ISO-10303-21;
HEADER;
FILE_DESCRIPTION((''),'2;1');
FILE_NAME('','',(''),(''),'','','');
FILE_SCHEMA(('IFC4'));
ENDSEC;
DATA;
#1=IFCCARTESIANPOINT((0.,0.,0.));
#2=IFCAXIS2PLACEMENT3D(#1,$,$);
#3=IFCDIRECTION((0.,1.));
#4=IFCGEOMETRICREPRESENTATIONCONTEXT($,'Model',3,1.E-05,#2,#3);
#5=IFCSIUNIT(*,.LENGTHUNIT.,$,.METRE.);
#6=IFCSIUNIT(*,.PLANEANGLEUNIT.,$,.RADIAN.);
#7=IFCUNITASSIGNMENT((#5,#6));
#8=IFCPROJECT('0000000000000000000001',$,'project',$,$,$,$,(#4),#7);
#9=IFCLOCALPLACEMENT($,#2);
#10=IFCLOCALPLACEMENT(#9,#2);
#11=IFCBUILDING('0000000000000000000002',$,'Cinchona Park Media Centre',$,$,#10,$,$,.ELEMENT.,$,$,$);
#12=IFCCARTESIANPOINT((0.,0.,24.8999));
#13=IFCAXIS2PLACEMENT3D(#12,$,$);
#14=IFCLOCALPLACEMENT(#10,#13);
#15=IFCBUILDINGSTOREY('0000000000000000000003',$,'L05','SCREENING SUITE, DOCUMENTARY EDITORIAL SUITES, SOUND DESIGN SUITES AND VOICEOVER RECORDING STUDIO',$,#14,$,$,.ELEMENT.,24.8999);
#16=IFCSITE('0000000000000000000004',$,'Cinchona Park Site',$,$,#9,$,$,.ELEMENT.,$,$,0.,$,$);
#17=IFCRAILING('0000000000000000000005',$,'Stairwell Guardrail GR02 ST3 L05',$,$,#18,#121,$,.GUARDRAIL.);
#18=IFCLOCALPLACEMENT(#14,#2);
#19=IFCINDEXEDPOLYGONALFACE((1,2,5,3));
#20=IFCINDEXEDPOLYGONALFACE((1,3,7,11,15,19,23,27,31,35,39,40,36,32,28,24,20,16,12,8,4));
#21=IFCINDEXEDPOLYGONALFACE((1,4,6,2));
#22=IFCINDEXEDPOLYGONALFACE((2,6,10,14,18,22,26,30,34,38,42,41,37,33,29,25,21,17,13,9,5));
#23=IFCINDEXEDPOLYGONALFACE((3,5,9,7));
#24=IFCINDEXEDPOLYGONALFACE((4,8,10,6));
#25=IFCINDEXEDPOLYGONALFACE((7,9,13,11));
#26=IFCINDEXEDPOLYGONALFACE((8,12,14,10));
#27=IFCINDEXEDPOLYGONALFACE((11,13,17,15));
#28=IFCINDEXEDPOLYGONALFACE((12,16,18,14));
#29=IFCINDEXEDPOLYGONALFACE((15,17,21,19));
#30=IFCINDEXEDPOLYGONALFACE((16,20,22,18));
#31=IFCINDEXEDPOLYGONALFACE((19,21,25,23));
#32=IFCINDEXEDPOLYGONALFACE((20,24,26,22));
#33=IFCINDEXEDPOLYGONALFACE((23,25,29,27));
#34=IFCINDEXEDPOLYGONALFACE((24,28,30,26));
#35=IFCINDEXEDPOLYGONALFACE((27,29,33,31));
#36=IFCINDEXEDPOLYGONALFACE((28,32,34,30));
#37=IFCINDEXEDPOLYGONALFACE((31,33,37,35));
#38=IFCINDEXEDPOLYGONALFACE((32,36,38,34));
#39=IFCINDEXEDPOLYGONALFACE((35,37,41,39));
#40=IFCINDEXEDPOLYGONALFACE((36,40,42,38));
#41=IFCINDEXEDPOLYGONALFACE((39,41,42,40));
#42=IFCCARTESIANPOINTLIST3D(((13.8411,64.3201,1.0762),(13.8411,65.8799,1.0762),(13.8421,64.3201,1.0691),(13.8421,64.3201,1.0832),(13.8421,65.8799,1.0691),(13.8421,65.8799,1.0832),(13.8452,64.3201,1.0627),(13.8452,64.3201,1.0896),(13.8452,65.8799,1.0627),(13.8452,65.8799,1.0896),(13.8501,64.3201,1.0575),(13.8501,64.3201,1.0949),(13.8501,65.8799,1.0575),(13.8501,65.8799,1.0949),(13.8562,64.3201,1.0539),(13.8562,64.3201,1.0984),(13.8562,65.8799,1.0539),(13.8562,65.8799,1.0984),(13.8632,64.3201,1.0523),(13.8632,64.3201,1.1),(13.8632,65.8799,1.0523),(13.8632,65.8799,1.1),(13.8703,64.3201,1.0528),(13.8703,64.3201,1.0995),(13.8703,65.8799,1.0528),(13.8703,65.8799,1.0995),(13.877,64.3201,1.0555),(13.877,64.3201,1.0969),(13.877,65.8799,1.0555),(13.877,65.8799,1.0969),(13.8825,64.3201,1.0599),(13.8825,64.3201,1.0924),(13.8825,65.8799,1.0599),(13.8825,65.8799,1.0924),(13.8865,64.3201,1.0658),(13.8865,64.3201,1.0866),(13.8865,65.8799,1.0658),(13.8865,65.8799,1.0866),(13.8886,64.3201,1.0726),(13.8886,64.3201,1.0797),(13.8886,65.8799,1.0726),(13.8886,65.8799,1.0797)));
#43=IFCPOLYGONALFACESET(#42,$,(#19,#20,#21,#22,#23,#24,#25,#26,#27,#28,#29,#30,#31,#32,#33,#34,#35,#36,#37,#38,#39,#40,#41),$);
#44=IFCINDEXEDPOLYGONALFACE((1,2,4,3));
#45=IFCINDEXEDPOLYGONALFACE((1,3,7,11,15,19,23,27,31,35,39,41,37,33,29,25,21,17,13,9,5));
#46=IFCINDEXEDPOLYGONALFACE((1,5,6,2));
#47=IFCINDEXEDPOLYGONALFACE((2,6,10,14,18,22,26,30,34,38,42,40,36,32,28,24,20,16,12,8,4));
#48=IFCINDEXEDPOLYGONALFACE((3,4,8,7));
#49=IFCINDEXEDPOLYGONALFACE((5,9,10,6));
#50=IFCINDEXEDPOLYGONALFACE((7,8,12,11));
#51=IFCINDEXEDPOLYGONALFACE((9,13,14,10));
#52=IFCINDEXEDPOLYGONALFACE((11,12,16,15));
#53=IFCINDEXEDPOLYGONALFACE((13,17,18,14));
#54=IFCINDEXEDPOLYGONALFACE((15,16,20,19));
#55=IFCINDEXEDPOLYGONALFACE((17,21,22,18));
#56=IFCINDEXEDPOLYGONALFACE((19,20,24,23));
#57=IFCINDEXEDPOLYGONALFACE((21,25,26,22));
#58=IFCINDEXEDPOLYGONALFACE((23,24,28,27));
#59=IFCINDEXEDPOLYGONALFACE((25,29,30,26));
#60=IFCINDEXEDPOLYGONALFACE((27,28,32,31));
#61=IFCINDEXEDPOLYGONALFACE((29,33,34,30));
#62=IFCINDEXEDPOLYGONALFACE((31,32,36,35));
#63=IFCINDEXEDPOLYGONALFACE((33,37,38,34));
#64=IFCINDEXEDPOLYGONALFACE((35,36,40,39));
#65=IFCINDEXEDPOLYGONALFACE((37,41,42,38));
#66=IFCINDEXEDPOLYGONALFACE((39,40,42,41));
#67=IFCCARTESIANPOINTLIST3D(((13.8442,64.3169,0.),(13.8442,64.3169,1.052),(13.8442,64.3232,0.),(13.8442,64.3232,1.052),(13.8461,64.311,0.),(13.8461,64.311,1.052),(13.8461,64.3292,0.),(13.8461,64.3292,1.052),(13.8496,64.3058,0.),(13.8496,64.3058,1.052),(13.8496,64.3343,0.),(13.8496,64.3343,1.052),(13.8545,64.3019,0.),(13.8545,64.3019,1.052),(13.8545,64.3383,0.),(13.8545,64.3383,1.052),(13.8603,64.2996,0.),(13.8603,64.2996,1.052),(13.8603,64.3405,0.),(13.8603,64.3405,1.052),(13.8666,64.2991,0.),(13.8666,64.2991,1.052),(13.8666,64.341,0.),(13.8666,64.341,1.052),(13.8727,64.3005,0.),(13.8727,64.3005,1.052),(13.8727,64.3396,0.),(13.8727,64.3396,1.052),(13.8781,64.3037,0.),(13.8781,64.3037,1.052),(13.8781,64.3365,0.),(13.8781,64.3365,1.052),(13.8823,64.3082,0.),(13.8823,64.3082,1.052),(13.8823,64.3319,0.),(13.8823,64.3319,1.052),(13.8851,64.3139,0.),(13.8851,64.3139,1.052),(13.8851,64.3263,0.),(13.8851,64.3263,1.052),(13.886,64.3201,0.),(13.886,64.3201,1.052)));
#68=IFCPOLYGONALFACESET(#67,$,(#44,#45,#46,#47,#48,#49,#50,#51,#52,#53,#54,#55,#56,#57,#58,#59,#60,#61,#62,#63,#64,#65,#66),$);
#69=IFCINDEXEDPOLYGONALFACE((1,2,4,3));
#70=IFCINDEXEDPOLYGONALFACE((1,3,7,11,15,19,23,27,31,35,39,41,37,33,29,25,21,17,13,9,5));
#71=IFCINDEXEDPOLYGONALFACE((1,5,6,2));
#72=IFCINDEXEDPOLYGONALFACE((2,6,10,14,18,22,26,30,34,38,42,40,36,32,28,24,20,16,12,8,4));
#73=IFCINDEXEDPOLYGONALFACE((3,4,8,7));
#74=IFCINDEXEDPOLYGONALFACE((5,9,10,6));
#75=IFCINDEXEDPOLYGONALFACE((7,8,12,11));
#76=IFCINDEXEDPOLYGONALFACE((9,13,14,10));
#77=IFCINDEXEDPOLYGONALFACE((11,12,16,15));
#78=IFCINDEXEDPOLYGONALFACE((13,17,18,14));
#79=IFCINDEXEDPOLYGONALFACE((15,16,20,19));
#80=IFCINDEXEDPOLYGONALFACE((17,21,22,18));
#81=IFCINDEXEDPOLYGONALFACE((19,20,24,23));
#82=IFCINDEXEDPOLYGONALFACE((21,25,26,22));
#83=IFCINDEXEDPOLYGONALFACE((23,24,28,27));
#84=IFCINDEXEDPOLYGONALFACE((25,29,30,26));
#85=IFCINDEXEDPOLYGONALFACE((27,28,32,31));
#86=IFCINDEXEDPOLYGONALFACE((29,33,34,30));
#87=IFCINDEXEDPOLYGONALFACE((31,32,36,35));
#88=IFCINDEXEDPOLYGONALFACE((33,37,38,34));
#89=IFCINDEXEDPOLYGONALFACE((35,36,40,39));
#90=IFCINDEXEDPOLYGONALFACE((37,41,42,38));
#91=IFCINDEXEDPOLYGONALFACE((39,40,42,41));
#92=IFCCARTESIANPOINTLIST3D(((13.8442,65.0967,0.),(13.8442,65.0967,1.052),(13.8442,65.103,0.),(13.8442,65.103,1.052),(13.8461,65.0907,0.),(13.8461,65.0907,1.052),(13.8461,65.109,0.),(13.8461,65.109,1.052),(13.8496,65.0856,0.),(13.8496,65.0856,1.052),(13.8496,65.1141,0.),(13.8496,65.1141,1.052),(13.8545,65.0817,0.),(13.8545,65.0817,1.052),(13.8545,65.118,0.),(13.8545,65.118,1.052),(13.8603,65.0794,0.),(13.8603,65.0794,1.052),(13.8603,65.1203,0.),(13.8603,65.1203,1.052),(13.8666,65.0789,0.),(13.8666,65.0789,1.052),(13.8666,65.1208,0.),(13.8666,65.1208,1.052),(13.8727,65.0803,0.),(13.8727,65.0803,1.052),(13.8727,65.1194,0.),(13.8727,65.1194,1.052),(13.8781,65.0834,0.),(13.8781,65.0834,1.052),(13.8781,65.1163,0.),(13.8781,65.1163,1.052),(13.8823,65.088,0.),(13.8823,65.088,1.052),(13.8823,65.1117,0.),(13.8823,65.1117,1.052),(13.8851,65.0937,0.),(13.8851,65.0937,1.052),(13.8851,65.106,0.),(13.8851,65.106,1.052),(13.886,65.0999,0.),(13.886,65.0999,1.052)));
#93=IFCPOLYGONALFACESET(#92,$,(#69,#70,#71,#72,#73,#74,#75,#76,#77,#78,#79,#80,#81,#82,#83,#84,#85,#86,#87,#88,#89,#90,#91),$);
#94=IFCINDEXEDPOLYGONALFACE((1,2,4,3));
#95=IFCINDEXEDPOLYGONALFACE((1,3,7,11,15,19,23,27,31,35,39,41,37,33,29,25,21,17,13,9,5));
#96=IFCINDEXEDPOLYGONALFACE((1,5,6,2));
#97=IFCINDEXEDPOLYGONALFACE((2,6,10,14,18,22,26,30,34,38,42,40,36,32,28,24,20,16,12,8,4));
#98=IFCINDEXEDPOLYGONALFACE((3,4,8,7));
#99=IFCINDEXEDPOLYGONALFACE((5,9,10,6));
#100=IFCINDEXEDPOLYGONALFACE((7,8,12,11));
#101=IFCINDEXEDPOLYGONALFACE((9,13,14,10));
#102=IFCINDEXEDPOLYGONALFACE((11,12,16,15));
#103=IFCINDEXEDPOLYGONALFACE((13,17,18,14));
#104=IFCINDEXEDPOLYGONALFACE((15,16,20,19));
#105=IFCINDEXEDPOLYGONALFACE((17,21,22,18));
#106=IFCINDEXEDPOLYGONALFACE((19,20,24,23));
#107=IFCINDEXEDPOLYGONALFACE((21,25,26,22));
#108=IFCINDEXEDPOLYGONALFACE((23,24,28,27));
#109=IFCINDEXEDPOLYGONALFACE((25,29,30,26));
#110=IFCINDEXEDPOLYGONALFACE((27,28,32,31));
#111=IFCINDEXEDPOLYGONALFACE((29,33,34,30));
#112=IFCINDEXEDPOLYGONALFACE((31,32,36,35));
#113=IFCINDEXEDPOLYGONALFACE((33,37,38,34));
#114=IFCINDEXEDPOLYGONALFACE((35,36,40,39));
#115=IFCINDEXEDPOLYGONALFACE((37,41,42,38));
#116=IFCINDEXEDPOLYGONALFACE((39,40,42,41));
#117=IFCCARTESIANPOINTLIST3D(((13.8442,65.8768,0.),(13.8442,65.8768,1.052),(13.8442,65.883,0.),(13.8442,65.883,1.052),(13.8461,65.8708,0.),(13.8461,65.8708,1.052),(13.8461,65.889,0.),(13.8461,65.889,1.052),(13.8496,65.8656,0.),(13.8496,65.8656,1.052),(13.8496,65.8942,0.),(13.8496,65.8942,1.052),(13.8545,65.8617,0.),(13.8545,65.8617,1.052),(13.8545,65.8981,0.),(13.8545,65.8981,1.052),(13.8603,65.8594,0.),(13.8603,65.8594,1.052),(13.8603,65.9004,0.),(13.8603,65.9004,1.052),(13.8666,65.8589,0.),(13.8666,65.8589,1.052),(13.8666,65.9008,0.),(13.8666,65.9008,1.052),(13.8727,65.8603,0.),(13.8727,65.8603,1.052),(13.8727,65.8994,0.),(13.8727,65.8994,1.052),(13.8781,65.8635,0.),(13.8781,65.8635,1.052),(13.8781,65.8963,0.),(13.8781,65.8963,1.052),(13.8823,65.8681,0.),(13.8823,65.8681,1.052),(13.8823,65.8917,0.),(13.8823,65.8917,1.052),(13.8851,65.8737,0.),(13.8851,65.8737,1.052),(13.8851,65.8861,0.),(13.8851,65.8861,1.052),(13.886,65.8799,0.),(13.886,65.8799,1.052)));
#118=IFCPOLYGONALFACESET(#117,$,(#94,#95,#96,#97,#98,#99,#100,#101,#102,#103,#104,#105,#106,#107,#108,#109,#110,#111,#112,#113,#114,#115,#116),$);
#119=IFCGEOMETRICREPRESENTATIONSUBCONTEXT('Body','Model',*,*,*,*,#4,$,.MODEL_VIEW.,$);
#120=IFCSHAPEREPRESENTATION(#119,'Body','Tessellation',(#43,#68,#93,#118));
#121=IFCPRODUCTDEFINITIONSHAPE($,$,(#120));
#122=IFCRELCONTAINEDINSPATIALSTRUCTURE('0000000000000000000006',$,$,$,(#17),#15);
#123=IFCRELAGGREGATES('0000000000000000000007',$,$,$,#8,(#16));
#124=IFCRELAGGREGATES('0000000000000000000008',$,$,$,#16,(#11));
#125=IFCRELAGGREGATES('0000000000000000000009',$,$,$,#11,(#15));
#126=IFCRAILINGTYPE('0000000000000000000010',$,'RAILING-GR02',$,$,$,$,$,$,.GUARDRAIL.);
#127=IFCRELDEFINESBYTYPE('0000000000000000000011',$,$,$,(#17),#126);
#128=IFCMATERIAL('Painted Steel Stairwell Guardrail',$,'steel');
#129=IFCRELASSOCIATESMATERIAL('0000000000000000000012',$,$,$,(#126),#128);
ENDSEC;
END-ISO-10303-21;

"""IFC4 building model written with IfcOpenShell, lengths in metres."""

from ifc_helpers import new_model, si_unit, direction, frame, origin, origin_2d, place, context, subcontext, project, spatial, circle, extrude, material, type_object, element, save


model = new_model("IFC4")

# Units and contexts
model_context = context("Model", 3, precision=1e-05, world=origin(), true_north=direction((0.0, 1.0)))
body_context = subcontext(model_context, "Body", "Model", "MODEL_VIEW")
ifc_project = project(units=[si_unit("LENGTHUNIT", "METRE"), si_unit("PLANEANGLEUNIT", "RADIAN")], contexts=[model_context])

# Site, building, storey
site_placement = place(None, origin())
site = spatial("IfcSite", under=ifc_project, at=site_placement, Name="Cinchona Park Site", CompositionType="ELEMENT", RefElevation=0.0)
building_placement = place(site_placement, origin())
building = spatial("IfcBuilding", under=site, at=building_placement, Name="Cinchona Park Media Centre", CompositionType="ELEMENT")
storey_placement = place(building_placement, frame((0.0, 0.0, 24.8999)))
storey = spatial("IfcBuildingStorey", under=building, at=storey_placement, Name="L05", Description="SCREENING SUITE, DOCUMENTARY EDITORIAL SUITES, SOUND DESIGN SUITES AND VOICEOVER RECORDING STUDIO", CompositionType="ELEMENT", Elevation=24.8999)

# Railing
ifc_material_1 = material(Name="Painted Steel Stairwell Guardrail", Category="steel")
railing_type = type_object("IfcRailingType", Name="RAILING-GR02", PredefinedType="GUARDRAIL", material=ifc_material_1)
railing_placement = place(storey_placement, frame((13.865, 64.3201, 0.0)))
element("IfcRailing", 1, at=railing_placement, inside=storey, type_object=railing_type, Name="Stairwell Guardrail GR02 ST3 L05", PredefinedType="GUARDRAIL", context=body_context, shape_type="SweptSolid", body=[
    extrude(circle(Radius=0.0239, at=origin_2d()), frame((0.0, 0.0, 1.0762), z_axis=(0.0, 1.0, 0.0), x_axis=(-1.0, 0.0, 0.0)), (0.0, 0.0, 1.0), 1.5598),
    extrude(circle(Radius=0.021, at=origin_2d()), origin(), (0.0, 0.0, 1.0), 1.052),
    extrude(circle(Radius=0.021, at=origin_2d()), frame((0.0, 0.7798, 0.0)), (0.0, 0.0, 1.0), 1.052),
    extrude(circle(Radius=0.021, at=origin_2d()), frame((0.0, 1.5598, 0.0)), (0.0, 0.0, 1.0), 1.052),
])

save(model, "model.ifc")
